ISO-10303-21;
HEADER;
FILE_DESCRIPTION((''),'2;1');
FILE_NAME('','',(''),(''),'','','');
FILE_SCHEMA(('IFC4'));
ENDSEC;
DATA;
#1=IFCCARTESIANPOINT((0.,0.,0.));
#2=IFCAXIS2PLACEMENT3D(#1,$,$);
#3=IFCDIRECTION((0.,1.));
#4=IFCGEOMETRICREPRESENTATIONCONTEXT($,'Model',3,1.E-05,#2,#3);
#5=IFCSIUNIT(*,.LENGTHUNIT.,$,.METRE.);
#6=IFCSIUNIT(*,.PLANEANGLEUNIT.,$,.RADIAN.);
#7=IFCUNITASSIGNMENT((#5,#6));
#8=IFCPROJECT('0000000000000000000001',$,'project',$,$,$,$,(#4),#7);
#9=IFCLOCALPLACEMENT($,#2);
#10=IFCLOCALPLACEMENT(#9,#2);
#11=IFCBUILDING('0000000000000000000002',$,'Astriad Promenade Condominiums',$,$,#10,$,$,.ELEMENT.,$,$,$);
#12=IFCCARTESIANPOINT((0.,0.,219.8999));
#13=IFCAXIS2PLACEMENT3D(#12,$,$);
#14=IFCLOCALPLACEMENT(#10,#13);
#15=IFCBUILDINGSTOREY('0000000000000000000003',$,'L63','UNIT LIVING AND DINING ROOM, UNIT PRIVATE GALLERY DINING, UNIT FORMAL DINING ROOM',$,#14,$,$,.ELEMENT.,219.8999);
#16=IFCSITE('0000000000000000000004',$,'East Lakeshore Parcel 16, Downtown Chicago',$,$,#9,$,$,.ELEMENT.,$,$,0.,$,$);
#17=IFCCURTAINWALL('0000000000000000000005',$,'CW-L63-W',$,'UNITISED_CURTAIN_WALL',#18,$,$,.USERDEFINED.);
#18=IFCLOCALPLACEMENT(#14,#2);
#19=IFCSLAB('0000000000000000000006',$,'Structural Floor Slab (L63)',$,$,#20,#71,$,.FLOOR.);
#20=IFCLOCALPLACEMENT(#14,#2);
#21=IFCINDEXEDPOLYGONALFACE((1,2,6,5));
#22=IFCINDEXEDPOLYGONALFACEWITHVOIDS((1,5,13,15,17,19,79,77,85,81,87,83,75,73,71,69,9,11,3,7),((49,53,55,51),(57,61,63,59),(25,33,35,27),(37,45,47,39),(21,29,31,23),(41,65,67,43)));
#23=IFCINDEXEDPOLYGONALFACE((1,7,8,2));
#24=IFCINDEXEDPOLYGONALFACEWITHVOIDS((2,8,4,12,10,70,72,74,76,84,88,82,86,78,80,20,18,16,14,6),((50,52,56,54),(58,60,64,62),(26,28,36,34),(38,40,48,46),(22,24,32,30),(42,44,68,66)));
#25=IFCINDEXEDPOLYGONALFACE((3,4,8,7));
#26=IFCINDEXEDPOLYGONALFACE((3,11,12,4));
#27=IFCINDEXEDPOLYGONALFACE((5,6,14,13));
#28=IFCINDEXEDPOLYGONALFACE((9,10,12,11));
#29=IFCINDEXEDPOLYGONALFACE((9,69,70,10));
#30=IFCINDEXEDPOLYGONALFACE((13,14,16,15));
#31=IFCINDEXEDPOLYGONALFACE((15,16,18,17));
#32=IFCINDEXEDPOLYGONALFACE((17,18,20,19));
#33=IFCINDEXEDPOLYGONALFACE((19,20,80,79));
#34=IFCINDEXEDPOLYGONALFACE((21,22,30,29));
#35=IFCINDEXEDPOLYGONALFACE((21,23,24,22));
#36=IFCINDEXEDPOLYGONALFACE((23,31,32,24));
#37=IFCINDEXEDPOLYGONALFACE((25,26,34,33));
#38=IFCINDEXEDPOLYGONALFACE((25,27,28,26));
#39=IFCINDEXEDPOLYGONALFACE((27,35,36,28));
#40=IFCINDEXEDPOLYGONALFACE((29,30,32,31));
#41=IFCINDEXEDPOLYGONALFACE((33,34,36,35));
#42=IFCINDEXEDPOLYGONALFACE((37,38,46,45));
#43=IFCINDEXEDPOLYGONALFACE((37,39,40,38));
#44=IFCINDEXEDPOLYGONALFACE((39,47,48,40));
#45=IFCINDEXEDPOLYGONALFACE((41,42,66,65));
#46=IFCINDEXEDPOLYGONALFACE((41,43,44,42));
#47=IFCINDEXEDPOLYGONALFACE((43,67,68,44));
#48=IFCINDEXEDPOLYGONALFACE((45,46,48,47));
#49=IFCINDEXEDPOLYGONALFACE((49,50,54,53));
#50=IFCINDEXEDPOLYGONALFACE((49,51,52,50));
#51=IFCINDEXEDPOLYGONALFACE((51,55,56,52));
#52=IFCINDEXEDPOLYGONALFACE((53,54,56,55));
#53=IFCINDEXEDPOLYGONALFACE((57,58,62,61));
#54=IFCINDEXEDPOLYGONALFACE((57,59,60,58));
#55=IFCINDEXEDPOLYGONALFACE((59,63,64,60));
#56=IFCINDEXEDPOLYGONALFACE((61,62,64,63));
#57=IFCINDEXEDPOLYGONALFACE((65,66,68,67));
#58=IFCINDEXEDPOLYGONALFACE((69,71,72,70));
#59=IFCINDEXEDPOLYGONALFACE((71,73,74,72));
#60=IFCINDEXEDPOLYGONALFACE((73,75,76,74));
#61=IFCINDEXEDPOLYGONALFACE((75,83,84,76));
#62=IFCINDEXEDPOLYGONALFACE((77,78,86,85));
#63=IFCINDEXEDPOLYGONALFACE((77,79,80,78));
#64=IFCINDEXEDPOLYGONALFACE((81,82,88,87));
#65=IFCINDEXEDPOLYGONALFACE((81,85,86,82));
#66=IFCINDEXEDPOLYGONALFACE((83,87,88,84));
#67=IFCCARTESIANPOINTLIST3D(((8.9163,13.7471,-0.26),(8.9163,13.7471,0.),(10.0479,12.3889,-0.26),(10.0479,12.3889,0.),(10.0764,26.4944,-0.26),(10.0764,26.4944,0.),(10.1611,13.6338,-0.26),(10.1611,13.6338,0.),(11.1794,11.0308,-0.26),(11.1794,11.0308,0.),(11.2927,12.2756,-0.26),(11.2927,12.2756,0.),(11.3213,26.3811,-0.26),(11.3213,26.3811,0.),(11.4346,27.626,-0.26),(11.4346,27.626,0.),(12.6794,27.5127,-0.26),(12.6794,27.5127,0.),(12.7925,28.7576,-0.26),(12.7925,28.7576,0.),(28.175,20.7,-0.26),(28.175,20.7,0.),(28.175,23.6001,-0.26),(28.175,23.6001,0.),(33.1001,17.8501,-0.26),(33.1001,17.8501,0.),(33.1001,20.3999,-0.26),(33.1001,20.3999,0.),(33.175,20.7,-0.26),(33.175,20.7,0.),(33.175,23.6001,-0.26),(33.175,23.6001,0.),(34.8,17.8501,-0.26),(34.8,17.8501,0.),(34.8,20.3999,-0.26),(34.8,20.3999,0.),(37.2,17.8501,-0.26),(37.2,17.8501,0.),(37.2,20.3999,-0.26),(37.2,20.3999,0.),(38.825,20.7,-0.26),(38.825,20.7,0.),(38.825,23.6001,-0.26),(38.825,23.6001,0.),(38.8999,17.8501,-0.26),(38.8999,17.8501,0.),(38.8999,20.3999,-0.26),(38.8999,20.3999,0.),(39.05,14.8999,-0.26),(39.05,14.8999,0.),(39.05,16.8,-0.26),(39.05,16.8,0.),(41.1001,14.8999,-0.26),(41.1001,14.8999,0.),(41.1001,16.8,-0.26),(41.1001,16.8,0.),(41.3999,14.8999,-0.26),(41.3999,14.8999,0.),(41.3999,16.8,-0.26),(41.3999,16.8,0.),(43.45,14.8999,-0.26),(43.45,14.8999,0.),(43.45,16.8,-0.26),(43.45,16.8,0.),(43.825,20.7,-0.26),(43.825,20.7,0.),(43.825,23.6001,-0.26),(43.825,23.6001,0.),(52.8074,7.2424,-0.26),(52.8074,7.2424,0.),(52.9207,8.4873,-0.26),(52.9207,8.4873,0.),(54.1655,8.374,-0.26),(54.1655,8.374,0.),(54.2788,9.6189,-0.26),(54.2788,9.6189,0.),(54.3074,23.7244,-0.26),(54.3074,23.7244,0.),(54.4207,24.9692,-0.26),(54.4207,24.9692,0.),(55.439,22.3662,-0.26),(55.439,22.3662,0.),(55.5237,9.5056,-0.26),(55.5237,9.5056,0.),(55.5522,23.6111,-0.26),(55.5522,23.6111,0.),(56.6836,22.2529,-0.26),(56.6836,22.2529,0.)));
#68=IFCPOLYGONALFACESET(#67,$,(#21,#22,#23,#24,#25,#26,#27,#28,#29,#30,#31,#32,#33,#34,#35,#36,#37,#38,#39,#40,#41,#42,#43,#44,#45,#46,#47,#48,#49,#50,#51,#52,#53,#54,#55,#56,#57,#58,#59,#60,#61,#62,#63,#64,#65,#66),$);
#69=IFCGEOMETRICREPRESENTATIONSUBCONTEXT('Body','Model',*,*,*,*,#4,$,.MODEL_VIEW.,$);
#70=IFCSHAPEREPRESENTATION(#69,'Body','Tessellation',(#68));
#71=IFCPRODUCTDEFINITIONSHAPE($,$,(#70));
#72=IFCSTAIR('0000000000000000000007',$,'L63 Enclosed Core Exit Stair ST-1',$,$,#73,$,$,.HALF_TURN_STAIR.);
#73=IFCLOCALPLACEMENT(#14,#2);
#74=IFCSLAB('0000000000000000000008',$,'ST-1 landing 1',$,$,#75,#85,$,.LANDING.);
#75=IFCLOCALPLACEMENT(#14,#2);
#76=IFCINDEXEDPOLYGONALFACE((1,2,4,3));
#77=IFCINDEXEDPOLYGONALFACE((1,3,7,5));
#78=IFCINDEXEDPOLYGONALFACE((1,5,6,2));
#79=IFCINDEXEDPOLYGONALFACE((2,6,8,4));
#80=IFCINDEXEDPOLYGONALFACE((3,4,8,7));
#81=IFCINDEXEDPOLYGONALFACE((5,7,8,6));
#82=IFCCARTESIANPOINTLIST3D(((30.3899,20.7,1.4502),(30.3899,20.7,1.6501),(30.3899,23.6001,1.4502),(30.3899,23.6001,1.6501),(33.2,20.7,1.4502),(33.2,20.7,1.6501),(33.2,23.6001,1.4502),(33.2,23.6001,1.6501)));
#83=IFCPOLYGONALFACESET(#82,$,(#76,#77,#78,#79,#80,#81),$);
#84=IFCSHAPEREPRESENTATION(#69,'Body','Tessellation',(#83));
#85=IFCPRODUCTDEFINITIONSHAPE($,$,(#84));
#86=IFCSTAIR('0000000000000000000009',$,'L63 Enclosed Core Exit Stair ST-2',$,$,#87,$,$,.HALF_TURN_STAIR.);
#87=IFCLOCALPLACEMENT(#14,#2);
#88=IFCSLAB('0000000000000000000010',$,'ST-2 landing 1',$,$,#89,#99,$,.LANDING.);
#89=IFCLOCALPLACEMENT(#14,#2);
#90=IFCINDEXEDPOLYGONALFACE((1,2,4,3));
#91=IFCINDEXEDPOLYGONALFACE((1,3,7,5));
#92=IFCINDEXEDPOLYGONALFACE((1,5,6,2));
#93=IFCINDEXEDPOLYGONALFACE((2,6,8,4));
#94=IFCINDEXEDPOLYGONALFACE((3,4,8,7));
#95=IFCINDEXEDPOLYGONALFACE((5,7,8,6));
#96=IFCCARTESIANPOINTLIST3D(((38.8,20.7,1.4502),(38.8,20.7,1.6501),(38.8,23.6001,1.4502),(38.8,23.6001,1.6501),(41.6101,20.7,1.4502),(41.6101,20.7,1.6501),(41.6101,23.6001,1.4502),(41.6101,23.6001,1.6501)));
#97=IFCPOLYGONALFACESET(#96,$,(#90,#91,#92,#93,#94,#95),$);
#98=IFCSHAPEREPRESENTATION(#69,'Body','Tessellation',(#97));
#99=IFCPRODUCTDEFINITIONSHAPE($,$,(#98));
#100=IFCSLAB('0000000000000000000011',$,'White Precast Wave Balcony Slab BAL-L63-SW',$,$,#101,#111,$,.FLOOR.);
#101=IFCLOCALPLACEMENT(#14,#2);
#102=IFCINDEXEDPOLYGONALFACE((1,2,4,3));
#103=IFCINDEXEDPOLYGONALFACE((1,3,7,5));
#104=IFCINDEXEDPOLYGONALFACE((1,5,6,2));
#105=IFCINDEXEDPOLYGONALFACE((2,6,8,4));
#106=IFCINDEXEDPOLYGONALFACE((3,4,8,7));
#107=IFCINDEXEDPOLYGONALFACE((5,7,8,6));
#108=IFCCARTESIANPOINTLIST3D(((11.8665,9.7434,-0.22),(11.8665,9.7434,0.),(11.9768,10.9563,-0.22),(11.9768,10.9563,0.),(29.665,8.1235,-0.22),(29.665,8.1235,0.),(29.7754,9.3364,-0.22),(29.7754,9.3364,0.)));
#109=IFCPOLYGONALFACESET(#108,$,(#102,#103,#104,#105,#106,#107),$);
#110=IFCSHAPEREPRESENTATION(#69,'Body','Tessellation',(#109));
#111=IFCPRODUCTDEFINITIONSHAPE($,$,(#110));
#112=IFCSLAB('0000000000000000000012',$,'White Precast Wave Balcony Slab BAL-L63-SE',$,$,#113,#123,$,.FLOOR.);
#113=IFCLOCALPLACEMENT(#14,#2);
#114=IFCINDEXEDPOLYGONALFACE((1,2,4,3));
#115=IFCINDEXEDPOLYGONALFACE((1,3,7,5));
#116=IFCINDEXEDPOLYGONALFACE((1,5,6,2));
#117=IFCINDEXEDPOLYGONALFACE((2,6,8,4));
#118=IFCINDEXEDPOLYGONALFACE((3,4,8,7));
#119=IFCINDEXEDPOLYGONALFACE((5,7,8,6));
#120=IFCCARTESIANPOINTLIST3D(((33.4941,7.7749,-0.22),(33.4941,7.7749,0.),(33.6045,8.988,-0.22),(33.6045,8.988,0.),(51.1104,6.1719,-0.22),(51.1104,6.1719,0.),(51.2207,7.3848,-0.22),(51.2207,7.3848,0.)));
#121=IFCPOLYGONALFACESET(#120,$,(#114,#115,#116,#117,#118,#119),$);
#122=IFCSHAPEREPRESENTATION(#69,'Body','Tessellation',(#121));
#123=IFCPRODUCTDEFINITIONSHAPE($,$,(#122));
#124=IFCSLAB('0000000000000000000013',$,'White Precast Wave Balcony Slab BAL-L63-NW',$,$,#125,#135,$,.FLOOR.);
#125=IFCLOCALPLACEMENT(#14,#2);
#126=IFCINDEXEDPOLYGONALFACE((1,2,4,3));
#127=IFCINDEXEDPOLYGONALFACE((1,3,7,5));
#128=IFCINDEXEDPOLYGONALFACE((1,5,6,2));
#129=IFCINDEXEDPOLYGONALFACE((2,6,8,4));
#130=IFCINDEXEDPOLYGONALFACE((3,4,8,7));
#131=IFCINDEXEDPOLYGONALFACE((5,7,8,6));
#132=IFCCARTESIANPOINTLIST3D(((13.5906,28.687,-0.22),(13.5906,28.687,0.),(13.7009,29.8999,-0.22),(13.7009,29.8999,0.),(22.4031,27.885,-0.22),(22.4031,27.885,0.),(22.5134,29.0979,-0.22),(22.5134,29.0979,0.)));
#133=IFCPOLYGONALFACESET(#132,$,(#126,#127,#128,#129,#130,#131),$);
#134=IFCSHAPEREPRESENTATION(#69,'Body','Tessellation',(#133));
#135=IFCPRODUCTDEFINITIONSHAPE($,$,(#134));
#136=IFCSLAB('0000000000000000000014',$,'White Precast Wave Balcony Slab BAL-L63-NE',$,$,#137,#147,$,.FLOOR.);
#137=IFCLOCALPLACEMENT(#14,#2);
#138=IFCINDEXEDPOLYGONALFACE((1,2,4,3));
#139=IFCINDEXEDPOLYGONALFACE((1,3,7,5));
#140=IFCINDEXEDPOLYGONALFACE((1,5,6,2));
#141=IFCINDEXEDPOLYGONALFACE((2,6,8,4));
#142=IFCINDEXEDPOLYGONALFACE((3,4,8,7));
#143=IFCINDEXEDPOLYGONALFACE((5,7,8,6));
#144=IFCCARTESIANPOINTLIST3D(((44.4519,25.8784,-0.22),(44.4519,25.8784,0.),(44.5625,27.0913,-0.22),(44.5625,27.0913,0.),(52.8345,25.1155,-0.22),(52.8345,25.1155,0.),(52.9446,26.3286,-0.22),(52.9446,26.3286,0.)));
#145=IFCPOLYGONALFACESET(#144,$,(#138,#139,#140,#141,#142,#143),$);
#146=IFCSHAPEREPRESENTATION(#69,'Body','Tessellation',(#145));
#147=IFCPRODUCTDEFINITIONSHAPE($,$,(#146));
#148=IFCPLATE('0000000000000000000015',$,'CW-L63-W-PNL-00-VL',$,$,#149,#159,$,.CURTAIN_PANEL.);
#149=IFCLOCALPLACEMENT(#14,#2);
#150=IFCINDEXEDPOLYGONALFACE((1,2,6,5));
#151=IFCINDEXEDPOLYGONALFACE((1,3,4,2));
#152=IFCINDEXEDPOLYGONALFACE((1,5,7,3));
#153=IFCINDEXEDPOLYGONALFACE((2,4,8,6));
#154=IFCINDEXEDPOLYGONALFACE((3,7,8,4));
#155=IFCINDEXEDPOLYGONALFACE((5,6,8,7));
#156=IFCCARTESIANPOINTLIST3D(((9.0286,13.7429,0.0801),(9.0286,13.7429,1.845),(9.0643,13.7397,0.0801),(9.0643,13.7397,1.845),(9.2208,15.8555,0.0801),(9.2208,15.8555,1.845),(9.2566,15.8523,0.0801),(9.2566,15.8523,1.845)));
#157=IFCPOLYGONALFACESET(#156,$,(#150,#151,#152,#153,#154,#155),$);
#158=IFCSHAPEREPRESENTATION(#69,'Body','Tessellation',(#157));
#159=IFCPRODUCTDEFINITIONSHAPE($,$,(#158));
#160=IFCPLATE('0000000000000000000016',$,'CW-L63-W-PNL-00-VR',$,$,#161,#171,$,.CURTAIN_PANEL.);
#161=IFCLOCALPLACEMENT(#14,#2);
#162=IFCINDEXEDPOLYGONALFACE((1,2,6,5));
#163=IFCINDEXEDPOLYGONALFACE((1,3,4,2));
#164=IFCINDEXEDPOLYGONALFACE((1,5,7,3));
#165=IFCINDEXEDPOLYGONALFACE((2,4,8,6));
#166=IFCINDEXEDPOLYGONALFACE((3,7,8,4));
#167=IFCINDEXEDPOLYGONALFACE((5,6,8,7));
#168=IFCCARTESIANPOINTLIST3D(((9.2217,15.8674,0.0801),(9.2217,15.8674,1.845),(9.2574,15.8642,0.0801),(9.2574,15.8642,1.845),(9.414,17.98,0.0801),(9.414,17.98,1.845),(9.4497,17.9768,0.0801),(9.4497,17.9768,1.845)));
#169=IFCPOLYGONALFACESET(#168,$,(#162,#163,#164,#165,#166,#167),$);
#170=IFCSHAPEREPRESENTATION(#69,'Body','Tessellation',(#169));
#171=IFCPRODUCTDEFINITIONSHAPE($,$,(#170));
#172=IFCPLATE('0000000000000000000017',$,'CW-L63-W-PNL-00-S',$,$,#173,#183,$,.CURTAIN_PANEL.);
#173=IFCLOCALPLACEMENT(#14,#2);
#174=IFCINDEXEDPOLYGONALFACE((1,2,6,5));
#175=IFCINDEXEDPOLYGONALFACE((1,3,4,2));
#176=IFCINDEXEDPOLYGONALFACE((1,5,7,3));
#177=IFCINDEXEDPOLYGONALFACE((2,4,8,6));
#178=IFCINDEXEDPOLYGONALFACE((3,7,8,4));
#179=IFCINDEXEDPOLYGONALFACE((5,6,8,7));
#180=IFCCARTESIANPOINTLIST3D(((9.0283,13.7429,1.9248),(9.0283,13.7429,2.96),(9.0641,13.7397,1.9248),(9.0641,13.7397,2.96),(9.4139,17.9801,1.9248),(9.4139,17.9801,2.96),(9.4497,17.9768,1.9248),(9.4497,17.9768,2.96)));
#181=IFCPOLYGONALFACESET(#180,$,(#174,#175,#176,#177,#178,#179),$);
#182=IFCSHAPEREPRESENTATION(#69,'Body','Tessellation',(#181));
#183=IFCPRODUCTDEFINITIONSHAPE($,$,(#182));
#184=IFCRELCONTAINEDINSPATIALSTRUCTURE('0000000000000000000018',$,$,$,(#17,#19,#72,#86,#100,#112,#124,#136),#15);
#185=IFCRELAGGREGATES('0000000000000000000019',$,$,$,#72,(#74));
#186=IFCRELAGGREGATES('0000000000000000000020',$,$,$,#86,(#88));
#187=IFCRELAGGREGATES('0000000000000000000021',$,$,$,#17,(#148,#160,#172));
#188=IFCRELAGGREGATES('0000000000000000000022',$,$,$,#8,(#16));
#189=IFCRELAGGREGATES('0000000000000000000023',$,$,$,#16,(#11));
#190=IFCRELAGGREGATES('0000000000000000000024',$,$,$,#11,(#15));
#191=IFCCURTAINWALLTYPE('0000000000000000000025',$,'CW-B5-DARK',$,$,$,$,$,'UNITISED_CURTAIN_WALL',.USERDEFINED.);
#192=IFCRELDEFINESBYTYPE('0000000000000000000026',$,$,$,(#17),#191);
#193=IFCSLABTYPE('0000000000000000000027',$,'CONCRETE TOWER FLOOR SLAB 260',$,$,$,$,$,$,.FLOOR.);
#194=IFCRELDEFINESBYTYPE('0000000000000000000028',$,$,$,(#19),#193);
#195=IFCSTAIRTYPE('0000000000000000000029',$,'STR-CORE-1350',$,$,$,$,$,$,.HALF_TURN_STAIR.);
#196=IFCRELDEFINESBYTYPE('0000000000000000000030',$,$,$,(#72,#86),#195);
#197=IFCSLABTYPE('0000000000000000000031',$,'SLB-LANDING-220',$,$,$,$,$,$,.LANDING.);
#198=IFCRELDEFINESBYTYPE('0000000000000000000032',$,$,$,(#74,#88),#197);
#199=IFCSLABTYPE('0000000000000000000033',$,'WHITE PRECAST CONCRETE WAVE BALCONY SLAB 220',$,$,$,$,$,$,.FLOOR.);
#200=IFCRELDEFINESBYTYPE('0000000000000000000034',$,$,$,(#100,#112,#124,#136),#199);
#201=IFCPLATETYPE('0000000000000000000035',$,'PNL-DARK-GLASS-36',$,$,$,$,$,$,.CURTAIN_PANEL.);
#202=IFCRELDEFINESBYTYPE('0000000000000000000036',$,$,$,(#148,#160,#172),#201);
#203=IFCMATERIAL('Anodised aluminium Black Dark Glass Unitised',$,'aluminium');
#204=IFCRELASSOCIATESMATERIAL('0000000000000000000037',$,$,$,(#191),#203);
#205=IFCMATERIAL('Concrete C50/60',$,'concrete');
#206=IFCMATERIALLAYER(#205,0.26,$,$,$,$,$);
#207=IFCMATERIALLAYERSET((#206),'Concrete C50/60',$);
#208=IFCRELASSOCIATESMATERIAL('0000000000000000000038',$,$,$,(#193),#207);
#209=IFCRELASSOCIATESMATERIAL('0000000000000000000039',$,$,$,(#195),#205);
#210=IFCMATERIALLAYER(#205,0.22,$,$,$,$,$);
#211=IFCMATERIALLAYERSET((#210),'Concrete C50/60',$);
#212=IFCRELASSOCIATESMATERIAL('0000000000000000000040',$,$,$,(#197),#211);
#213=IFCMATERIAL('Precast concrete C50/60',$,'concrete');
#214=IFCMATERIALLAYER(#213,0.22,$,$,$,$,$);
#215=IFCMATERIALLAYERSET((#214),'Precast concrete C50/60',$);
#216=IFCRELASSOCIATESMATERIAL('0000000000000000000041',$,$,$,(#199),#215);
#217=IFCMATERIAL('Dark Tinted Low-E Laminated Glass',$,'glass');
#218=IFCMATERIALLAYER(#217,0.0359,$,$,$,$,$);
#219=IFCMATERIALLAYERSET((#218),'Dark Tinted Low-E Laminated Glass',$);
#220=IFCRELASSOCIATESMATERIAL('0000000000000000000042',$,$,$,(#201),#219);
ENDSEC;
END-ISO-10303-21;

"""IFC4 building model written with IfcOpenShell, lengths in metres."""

from ifc_helpers import new_model, si_unit, direction, frame, origin, origin_2d, place, context, subcontext, project, spatial, polyline, rectangle, outline, extrude, source, transform, mapped, material, layer, layer_set, type_object, type_shapes, element, aggregate, save


model = new_model("IFC4")

# Units and contexts
model_context = context("Model", 3, precision=1e-05, world=origin(), true_north=direction((0.0, 1.0)))
body_context = subcontext(model_context, "Body", "Model", "MODEL_VIEW")
ifc_project = project(units=[si_unit("LENGTHUNIT", "METRE"), si_unit("PLANEANGLEUNIT", "RADIAN")], contexts=[model_context])

# Site, building, storey
site_placement = place(None, origin())
site = spatial("IfcSite", under=ifc_project, at=site_placement, Name="East Lakeshore Parcel 16, Downtown Chicago", CompositionType="ELEMENT", RefElevation=0.0)
building_placement = place(site_placement, origin())
building = spatial("IfcBuilding", under=site, at=building_placement, Name="Astriad Promenade Condominiums", CompositionType="ELEMENT")
storey_placement = place(building_placement, frame((0.0, 0.0, 219.8999)))
storey = spatial("IfcBuildingStorey", under=building, at=storey_placement, Name="L63", Description="UNIT LIVING AND DINING ROOM, UNIT PRIVATE GALLERY DINING, UNIT FORMAL DINING ROOM", CompositionType="ELEMENT", Elevation=219.8999)

# Shared definitions
ifc_material_1 = material(Name="Concrete C50/60", Category="concrete")

# Curtain wall
ifc_material_2 = material(Name="Anodised aluminium Black Dark Glass Unitised", Category="aluminium")
curtain_wall_type = type_object("IfcCurtainWallType", Name="CW-B5-DARK", ElementType="UNITISED_CURTAIN_WALL", PredefinedType="USERDEFINED", material=ifc_material_2)
curtain_wall_placement = place(storey_placement, origin())
curtain_wall = element("IfcCurtainWall", 1, at=curtain_wall_placement, inside=storey, type_object=curtain_wall_type, Name="CW-L63-W", ObjectType="UNITISED_CURTAIN_WALL", PredefinedType="USERDEFINED")

# Slab
ifc_layer_1 = layer(ifc_material_1, 0.26)
ifc_layer_set_1 = layer_set([ifc_layer_1], Name="Concrete C50/60")
slab_type_1 = type_object("IfcSlabType", Name="CONCRETE TOWER FLOOR SLAB 260", PredefinedType="FLOOR", material=ifc_layer_set_1)
slab_1_placement = place(storey_placement, frame((0.0, 0.0, -0.26)))
element("IfcSlab", 2, at=slab_1_placement, inside=storey, type_object=slab_type_1, Name="Structural Floor Slab (L63)", PredefinedType="FLOOR", context=body_context, shape_type="SweptSolid", body=[
    extrude(outline(polyline([(11.1794, 11.0308), (52.8074, 7.2424), (52.9207, 8.4873), (54.1655, 8.374), (54.2788, 9.6189), (55.5237, 9.5056), (56.6836, 22.2529), (55.439, 22.3662), (55.5522, 23.6111), (54.3074, 23.7244), (54.4207, 24.9692), (12.7925, 28.7576), (12.6794, 27.5127), (11.4346, 27.626), (11.3213, 26.3811), (10.0764, 26.4944), (8.9163, 13.7471), (10.1611, 13.6338), (10.0479, 12.3889), (11.2927, 12.2756), (11.1794, 11.0308)]), holes=[polyline([(28.175, 20.7), (33.175, 20.7), (33.175, 23.6001), (28.175, 23.6001), (28.175, 20.7)]), polyline([(38.825, 20.7), (43.825, 20.7), (43.825, 23.6001), (38.825, 23.6001), (38.825, 20.7)]), polyline([(33.1001, 17.8501), (34.8, 17.8501), (34.8, 20.3999), (33.1001, 20.3999), (33.1001, 17.8501)]), polyline([(37.2, 17.8501), (38.8999, 17.8501), (38.8999, 20.3999), (37.2, 20.3999), (37.2, 17.8501)]), polyline([(39.05, 14.8999), (41.1001, 14.8999), (41.1001, 16.8), (39.05, 16.8), (39.05, 14.8999)]), polyline([(41.3999, 14.8999), (43.45, 14.8999), (43.45, 16.8), (41.3999, 16.8), (41.3999, 14.8999)])]), origin(), (0.0, 0.0, 1.0), 0.26),
])

# Stairs, slabs
stair_type = type_object("IfcStairType", Name="STR-CORE-1350", PredefinedType="HALF_TURN_STAIR", material=ifc_material_1)
stair_1_placement = place(storey_placement, origin())
stair_1 = element("IfcStair", 3, at=stair_1_placement, inside=storey, type_object=stair_type, Name="L63 Enclosed Core Exit Stair ST-1", PredefinedType="HALF_TURN_STAIR")
ifc_layer_2 = layer(ifc_material_1, 0.22)
ifc_layer_set_2 = layer_set([ifc_layer_2], Name="Concrete C50/60")
slab_type_2 = type_object("IfcSlabType", Name="SLB-LANDING-220", PredefinedType="LANDING", material=ifc_layer_set_2)
slab_2_placement = place(storey_placement, frame((0.0, 0.0, 1.4502)))
slab_2 = element("IfcSlab", 4, at=slab_2_placement, type_object=slab_type_2, Name="ST-1 landing 1", PredefinedType="LANDING", context=body_context, shape_type="SweptSolid", body=[
    extrude(outline(polyline([(30.3899, 20.7), (33.2, 20.7), (33.2, 23.6001), (30.3899, 23.6001), (30.3899, 20.7)])), origin(), (0.0, 0.0, 1.0), 0.2),
])
aggregate(stair_1, [slab_2])
stair_2_placement = place(storey_placement, origin())
stair_2 = element("IfcStair", 5, at=stair_2_placement, inside=storey, type_object=stair_type, Name="L63 Enclosed Core Exit Stair ST-2", PredefinedType="HALF_TURN_STAIR")
slab_3_placement = place(storey_placement, frame((0.0, 0.0, 1.4502)))
slab_3 = element("IfcSlab", 6, at=slab_3_placement, type_object=slab_type_2, Name="ST-2 landing 1", PredefinedType="LANDING", context=body_context, shape_type="SweptSolid", body=[
    extrude(outline(polyline([(41.6101, 23.6001), (38.8, 23.6001), (38.8, 20.7), (41.6101, 20.7), (41.6101, 23.6001)])), origin(), (0.0, 0.0, 1.0), 0.2),
])
aggregate(stair_2, [slab_3])

# Slabs
ifc_material_3 = material(Name="Precast concrete C50/60", Category="concrete")
ifc_layer_3 = layer(ifc_material_3, 0.22)
ifc_layer_set_3 = layer_set([ifc_layer_3], Name="Precast concrete C50/60")
slab_type_3 = type_object("IfcSlabType", Name="WHITE PRECAST CONCRETE WAVE BALCONY SLAB 220", PredefinedType="FLOOR", material=ifc_layer_set_3)
slab_4_placement = place(storey_placement, frame((0.0, 0.0, -0.22)))
element("IfcSlab", 7, at=slab_4_placement, inside=storey, type_object=slab_type_3, Name="White Precast Wave Balcony Slab BAL-L63-SW", PredefinedType="FLOOR", context=body_context, shape_type="SweptSolid", body=[
    extrude(outline(polyline([(29.665, 8.1235), (11.8665, 9.7434), (11.9768, 10.9563), (29.7754, 9.3364), (29.665, 8.1235)])), origin(), (0.0, 0.0, 1.0), 0.22),
])
slab_5_placement = place(storey_placement, frame((0.0, 0.0, -0.22)))
element("IfcSlab", 8, at=slab_5_placement, inside=storey, type_object=slab_type_3, Name="White Precast Wave Balcony Slab BAL-L63-SE", PredefinedType="FLOOR", context=body_context, shape_type="SweptSolid", body=[
    extrude(outline(polyline([(51.1104, 6.1719), (33.4941, 7.7749), (33.6045, 8.988), (51.2207, 7.3848), (51.1104, 6.1719)])), origin(), (0.0, 0.0, 1.0), 0.22),
])
slab_6_placement = place(storey_placement, frame((0.0, 0.0, -0.22)))
element("IfcSlab", 9, at=slab_6_placement, inside=storey, type_object=slab_type_3, Name="White Precast Wave Balcony Slab BAL-L63-NW", PredefinedType="FLOOR", context=body_context, shape_type="SweptSolid", body=[
    extrude(outline(polyline([(13.7009, 29.8999), (22.5134, 29.0979), (22.4031, 27.885), (13.5906, 28.687), (13.7009, 29.8999)])), origin(), (0.0, 0.0, 1.0), 0.22),
])
slab_7_placement = place(storey_placement, frame((0.0, 0.0, -0.22)))
element("IfcSlab", 10, at=slab_7_placement, inside=storey, type_object=slab_type_3, Name="White Precast Wave Balcony Slab BAL-L63-NE", PredefinedType="FLOOR", context=body_context, shape_type="SweptSolid", body=[
    extrude(outline(polyline([(44.5625, 27.0913), (52.9446, 26.3286), (52.8345, 25.1155), (44.4519, 25.8784), (44.5625, 27.0913)])), origin(), (0.0, 0.0, 1.0), 0.22),
])

# Plates
ifc_material_4 = material(Name="Dark Tinted Low-E Laminated Glass", Category="glass")
ifc_layer_4 = layer(ifc_material_4, 0.0359)
ifc_layer_set_4 = layer_set([ifc_layer_4], Name="Dark Tinted Low-E Laminated Glass")
plate_type = type_object("IfcPlateType", Name="PNL-DARK-GLASS-36", PredefinedType="CURTAIN_PANEL", material=ifc_layer_set_4)
shared_shape_1 = source(origin(), body_context, "Body", "SweptSolid", [
    extrude(rectangle(XDim=2.1213, YDim=0.0359, at=origin_2d()), origin(), (0.0, 0.0, 1.0), 1.7649),
])
plate_1_placement = place(storey_placement, frame((9.1426, 14.7976, 0.0801), z_axis=(0.0, 0.0, 1.0), x_axis=(0.090633, 0.995884, 0.0)))
plate_1 = element("IfcPlate", 11, at=plate_1_placement, type_object=plate_type, Name="CW-L63-W-PNL-00-VL", PredefinedType="CURTAIN_PANEL", context=body_context, shape_type="MappedRepresentation", body=[
    mapped(shared_shape_1, transform((0.0, 0.0, 0.0), scale=1.0)),
])
plate_2_placement = place(storey_placement, frame((9.3357, 16.9221, 0.0801), z_axis=(0.0, 0.0, 1.0), x_axis=(0.090633, 0.995884, 0.0)))
plate_2 = element("IfcPlate", 12, at=plate_2_placement, type_object=plate_type, Name="CW-L63-W-PNL-00-VR", PredefinedType="CURTAIN_PANEL", context=body_context, shape_type="MappedRepresentation", body=[
    mapped(shared_shape_1, transform((0.0, 0.0, 0.0), scale=1.0)),
])
shared_shape_2 = source(origin(), body_context, "Body", "SweptSolid", [
    extrude(rectangle(XDim=4.2546, YDim=0.0359, at=origin_2d()), origin(), (0.0, 0.0, 1.0), 1.0352),
])
type_shapes(plate_type, [shared_shape_1, shared_shape_2])
plate_3_placement = place(storey_placement, frame((9.239, 15.8599, 1.9248), z_axis=(0.0, 0.0, 1.0), x_axis=(0.090633, 0.995884, 0.0)))
plate_3 = element("IfcPlate", 13, at=plate_3_placement, type_object=plate_type, Name="CW-L63-W-PNL-00-S", PredefinedType="CURTAIN_PANEL", context=body_context, shape_type="MappedRepresentation", body=[
    mapped(shared_shape_2, transform((0.0, 0.0, 0.0), scale=1.0)),
])
aggregate(curtain_wall, [plate_1, plate_2, plate_3])

save(model, "model.ifc")
